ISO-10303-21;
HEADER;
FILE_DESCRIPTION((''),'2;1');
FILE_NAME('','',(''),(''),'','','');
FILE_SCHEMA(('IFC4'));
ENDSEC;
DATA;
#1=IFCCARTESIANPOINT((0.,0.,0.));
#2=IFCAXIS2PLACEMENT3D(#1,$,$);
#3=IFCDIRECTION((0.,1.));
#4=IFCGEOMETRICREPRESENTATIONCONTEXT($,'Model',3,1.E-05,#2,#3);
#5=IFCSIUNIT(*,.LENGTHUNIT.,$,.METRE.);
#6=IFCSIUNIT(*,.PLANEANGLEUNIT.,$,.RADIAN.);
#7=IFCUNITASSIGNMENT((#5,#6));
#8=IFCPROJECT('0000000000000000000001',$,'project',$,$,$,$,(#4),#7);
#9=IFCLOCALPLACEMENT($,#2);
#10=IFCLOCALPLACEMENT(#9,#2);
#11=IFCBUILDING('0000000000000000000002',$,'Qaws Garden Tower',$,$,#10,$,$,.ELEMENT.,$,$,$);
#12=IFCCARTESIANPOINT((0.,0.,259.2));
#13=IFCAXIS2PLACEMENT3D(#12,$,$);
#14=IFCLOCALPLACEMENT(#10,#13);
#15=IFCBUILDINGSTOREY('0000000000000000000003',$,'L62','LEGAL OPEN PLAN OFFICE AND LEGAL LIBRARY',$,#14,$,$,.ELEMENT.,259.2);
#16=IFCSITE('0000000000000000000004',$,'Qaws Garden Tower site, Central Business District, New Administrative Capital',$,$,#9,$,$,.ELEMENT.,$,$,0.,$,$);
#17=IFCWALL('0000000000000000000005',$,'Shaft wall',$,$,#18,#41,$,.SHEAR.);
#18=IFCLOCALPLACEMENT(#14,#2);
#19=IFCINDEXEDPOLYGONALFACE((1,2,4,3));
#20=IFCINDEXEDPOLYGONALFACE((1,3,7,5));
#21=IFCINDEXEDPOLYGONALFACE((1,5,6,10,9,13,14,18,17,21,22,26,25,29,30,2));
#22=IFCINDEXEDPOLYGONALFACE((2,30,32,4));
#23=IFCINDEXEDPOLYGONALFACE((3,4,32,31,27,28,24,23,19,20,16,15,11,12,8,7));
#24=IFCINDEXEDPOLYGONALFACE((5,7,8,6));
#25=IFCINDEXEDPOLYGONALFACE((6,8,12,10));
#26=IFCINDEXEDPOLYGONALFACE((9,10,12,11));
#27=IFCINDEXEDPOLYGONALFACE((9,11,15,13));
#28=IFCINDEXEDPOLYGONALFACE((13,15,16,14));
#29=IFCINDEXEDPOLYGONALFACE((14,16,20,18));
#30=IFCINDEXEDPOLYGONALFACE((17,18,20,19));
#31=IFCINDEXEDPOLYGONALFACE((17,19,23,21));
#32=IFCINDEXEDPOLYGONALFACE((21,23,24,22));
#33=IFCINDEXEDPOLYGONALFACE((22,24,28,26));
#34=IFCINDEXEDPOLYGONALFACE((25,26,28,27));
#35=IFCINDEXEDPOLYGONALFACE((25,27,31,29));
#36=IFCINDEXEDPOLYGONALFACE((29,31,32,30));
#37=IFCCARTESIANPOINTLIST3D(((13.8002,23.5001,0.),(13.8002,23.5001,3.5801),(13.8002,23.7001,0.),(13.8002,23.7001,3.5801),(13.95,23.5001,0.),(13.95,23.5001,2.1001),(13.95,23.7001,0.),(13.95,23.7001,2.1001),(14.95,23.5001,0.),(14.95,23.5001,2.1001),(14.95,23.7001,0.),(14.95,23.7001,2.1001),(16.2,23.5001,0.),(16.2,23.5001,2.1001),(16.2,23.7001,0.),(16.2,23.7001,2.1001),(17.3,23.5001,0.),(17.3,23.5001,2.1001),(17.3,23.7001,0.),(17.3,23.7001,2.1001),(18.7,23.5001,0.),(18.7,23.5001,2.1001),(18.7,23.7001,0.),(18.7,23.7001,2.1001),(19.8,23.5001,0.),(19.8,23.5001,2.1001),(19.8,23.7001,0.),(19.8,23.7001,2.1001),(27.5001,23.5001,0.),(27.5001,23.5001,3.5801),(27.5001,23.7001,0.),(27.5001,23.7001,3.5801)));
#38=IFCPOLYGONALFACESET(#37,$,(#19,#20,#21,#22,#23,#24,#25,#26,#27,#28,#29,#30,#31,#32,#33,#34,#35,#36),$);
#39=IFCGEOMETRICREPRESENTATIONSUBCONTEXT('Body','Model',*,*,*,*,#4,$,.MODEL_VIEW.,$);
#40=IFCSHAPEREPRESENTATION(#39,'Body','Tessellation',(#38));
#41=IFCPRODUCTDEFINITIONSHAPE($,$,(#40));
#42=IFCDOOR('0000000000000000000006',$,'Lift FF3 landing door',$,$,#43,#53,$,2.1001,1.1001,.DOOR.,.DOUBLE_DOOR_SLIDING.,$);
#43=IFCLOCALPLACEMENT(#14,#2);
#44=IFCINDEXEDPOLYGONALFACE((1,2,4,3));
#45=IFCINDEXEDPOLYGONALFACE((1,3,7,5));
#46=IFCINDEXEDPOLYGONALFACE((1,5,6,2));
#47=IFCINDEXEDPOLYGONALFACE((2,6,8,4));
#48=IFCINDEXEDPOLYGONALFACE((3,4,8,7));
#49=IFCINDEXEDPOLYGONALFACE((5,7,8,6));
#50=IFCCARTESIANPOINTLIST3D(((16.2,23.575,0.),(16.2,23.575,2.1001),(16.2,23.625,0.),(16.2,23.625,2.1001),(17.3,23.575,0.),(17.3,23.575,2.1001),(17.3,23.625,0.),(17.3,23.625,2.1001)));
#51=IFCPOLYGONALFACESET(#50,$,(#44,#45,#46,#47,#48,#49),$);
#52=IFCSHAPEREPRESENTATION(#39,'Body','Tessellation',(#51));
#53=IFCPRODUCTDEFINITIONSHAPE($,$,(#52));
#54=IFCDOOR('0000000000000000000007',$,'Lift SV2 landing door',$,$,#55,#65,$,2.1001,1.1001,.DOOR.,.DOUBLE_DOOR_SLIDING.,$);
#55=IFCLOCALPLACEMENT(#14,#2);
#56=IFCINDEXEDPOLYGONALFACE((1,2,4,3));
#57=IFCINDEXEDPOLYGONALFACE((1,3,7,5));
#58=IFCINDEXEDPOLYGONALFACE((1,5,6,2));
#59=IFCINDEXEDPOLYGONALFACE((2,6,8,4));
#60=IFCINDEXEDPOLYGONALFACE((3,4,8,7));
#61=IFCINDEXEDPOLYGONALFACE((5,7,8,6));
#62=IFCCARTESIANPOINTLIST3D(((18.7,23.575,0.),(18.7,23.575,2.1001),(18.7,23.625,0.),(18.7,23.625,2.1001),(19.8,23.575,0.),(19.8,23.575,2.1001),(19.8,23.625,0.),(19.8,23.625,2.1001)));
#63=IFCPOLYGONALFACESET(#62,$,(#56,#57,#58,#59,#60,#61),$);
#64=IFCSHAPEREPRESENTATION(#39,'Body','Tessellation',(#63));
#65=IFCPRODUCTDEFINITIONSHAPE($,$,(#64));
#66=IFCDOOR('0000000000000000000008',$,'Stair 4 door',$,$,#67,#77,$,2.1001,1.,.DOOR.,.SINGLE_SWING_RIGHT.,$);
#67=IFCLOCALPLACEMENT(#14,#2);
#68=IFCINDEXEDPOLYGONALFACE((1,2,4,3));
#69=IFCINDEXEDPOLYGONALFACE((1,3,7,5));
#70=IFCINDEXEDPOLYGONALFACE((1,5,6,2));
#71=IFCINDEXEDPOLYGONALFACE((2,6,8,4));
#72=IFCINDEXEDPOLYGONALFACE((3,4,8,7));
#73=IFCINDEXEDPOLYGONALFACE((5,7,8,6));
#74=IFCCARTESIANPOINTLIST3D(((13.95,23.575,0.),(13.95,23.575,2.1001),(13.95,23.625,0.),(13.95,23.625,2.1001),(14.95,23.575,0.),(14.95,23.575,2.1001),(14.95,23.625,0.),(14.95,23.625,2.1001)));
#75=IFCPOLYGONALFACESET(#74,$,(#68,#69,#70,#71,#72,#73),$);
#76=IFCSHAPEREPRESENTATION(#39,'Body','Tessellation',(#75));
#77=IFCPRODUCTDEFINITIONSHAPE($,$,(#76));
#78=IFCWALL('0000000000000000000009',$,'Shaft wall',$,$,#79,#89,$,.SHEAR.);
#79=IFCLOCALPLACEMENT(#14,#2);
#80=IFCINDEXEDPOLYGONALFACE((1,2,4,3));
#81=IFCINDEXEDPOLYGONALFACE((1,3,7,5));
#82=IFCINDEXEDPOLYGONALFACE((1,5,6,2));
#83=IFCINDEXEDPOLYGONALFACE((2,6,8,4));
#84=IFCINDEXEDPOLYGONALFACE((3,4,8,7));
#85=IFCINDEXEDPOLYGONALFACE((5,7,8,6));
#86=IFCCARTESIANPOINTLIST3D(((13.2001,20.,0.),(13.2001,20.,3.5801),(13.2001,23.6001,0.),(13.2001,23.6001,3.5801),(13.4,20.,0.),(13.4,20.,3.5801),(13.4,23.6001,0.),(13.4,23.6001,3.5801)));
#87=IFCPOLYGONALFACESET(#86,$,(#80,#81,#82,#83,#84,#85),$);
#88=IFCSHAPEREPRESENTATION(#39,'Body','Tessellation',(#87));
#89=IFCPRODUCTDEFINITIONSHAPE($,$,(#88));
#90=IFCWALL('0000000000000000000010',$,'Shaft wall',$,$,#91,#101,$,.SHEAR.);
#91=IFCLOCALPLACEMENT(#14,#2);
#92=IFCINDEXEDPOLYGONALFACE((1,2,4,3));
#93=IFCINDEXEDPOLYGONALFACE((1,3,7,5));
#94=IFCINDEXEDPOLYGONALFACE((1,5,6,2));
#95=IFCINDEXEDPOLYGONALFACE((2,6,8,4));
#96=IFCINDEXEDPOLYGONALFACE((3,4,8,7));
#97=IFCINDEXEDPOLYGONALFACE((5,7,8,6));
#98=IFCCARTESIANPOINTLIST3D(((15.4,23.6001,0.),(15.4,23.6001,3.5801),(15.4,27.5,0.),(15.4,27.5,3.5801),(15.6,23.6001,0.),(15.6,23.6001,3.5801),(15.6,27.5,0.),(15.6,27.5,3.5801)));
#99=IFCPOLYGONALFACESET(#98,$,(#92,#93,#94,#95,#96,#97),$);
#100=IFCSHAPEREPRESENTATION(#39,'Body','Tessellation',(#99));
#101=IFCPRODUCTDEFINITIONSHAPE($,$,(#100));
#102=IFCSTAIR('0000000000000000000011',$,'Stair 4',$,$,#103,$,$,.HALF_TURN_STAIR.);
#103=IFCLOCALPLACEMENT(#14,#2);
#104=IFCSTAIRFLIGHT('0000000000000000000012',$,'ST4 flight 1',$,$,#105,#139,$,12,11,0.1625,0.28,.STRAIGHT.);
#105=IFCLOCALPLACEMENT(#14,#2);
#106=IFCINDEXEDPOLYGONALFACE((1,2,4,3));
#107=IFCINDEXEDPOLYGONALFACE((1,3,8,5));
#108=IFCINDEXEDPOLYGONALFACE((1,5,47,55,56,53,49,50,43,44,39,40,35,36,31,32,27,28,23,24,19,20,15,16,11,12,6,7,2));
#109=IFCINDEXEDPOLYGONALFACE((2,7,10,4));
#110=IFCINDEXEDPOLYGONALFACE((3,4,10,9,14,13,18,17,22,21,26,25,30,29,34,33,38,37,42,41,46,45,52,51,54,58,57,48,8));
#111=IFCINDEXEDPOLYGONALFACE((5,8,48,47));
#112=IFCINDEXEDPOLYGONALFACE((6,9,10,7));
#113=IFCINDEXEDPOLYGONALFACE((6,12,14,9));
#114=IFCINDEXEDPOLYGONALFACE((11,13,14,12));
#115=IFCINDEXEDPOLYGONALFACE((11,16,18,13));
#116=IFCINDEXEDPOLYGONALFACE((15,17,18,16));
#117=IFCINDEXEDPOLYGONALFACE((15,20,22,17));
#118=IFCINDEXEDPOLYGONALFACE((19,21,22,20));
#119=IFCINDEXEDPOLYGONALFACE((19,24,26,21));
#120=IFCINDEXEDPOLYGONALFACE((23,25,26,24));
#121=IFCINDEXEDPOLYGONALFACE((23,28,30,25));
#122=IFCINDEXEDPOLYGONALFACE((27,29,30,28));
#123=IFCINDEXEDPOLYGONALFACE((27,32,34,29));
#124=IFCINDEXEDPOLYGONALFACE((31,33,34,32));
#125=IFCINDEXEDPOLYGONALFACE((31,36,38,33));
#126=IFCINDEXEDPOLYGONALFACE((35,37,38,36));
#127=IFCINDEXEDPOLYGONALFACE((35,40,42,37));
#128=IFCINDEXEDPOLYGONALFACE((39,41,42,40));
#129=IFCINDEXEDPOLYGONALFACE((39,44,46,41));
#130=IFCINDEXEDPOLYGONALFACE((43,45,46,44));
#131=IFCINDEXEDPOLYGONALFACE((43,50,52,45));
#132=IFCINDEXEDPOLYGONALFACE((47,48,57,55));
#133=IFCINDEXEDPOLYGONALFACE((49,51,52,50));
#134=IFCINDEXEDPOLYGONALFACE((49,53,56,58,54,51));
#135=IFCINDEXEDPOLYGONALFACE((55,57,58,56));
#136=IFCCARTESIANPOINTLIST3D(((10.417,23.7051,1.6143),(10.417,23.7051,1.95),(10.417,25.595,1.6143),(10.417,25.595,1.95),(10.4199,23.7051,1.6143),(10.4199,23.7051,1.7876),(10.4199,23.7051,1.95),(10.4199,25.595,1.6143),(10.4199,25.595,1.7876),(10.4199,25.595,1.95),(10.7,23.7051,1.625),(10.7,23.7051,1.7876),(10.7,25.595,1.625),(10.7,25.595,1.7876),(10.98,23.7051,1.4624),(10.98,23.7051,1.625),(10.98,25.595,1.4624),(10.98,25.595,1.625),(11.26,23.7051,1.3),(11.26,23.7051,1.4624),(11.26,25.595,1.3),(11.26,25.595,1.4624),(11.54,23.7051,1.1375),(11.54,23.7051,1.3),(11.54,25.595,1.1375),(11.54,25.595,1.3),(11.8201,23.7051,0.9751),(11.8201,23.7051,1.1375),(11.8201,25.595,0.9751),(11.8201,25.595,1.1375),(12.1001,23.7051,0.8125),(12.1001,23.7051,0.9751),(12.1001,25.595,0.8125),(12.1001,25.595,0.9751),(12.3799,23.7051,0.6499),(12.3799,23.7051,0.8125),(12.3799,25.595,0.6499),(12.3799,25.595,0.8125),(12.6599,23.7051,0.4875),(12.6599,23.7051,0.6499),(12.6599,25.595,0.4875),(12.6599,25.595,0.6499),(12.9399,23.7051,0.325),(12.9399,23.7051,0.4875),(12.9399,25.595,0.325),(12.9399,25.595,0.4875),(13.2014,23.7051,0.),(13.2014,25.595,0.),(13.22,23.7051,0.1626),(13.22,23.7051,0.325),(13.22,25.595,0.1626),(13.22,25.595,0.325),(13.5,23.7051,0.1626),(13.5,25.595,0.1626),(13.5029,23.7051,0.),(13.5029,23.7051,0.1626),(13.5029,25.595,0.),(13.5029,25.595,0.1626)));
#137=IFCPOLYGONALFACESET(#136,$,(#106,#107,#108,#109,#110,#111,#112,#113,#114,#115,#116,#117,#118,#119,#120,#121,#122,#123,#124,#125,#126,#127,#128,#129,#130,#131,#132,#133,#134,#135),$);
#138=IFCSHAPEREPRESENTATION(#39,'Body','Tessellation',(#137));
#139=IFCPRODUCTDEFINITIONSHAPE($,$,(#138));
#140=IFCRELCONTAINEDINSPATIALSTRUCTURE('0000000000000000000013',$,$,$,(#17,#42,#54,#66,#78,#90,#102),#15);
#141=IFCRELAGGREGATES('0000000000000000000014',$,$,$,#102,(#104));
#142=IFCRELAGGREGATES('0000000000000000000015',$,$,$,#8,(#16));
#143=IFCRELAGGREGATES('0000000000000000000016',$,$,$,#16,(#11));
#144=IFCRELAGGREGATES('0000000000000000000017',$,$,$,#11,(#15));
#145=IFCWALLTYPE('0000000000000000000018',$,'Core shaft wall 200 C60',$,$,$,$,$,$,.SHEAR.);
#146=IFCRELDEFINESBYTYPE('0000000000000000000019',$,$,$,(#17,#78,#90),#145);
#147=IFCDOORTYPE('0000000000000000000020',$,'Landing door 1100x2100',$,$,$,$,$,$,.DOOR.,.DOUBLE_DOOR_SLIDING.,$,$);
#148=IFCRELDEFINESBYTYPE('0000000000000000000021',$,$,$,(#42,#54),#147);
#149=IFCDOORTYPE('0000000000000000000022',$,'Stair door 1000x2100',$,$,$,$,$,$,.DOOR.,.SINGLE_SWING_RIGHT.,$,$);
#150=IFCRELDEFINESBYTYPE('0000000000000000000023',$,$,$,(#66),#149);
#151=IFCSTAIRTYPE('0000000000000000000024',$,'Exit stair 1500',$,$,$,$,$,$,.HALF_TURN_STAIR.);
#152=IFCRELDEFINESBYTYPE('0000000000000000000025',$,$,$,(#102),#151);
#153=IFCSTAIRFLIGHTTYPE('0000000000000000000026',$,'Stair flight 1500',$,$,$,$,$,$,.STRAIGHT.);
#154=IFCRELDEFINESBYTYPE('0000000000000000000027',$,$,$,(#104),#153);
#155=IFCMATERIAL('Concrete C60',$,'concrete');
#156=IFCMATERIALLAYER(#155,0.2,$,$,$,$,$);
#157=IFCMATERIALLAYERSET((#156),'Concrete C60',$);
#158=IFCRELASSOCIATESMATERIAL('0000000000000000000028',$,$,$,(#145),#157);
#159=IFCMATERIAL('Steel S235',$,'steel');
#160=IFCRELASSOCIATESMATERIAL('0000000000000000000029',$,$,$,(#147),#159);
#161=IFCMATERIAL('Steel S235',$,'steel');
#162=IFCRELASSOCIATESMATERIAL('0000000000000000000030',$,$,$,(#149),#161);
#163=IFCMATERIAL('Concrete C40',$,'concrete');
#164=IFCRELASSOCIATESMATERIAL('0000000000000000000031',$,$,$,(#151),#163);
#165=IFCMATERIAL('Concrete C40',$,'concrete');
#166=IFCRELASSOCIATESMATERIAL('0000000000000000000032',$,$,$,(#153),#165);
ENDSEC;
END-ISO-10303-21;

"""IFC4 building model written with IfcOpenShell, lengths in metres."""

from ifc_helpers import new_model, si_unit, direction, frame, frame_2d, origin, place, context, subcontext, project, spatial, polyline, rectangle, outline, extrude, material, layer, layer_set, type_object, element, fill, aggregate, save


model = new_model("IFC4")

# Units and contexts
model_context = context("Model", 3, precision=1e-05, world=origin(), true_north=direction((0.0, 1.0)))
body_context = subcontext(model_context, "Body", "Model", "MODEL_VIEW")
ifc_project = project(units=[si_unit("LENGTHUNIT", "METRE"), si_unit("PLANEANGLEUNIT", "RADIAN")], contexts=[model_context])

# Site, building, storey
site_placement = place(None, origin())
site = spatial("IfcSite", under=ifc_project, at=site_placement, Name="Qaws Garden Tower site, Central Business District, New Administrative Capital", CompositionType="ELEMENT", RefElevation=0.0)
building_placement = place(site_placement, origin())
building = spatial("IfcBuilding", under=site, at=building_placement, Name="Qaws Garden Tower", CompositionType="ELEMENT")
storey_placement = place(building_placement, frame((0.0, 0.0, 259.2)))
storey = spatial("IfcBuildingStorey", under=building, at=storey_placement, Name="L62", Description="LEGAL OPEN PLAN OFFICE AND LEGAL LIBRARY", CompositionType="ELEMENT", Elevation=259.2)

# Shared definitions
ifc_material_1 = material(Name="Concrete C60", Category="concrete")
ifc_layer_1 = layer(ifc_material_1, 0.2)
ifc_layer_set_1 = layer_set([ifc_layer_1], Name="Concrete C60")
wall_type_1 = type_object("IfcWallType", Name="Core shaft wall 200 C60", PredefinedType="SHEAR", material=ifc_layer_set_1)

# Wall, openings, doors
wall_1_placement = place(storey_placement, frame((13.8, 23.6001, 0.0), z_axis=(0.0, 0.0, 1.0), x_axis=(1.0, 0.0, 0.0)))
wall_1 = element("IfcWall", 1, at=wall_1_placement, inside=storey, type_object=wall_type_1, Name="Shaft wall", PredefinedType="SHEAR", context=body_context, shape_type="SweptSolid", body=[
    extrude(rectangle(XDim=13.7, YDim=0.2, at=frame_2d((6.8501, 0.0))), origin(), (0.0, 0.0, 1.0), 3.5801),
])
opening_1_placement = place(wall_1_placement, frame((2.3999, 0.0, 0.0)))
opening_1 = element("IfcOpeningElement", 2, at=opening_1_placement, cuts=wall_1, PredefinedType="OPENING", context=body_context, shape_type="SweptSolid", body=[
    extrude(rectangle(XDim=1.1001, YDim=2.1001, at=frame_2d((0.55, 1.05))), frame((0.0, 0.1099, 0.0), z_axis=(0.0, -1.0, 0.0), x_axis=(1.0, 0.0, 0.0)), (0.0, 0.0, 1.0), 0.22),
])
opening_2_placement = place(wall_1_placement, frame((4.8999, 0.0, 0.0)))
opening_2 = element("IfcOpeningElement", 3, at=opening_2_placement, cuts=wall_1, PredefinedType="OPENING", context=body_context, shape_type="SweptSolid", body=[
    extrude(rectangle(XDim=1.1001, YDim=2.1001, at=frame_2d((0.55, 1.05))), frame((0.0, 0.1099, 0.0), z_axis=(0.0, -1.0, 0.0), x_axis=(1.0, 0.0, 0.0)), (0.0, 0.0, 1.0), 0.22),
])
opening_3_placement = place(wall_1_placement, frame((0.1499, 0.0, 0.0)))
opening_3 = element("IfcOpeningElement", 4, at=opening_3_placement, cuts=wall_1, PredefinedType="OPENING", context=body_context, shape_type="SweptSolid", body=[
    extrude(rectangle(XDim=1.0, YDim=2.1001, at=frame_2d((0.5, 1.05))), frame((0.0, 0.1099, 0.0), z_axis=(0.0, -1.0, 0.0), x_axis=(1.0, 0.0, 0.0)), (0.0, 0.0, 1.0), 0.22),
])
ifc_material_2 = material(Name="Steel S235", Category="steel")
door_type_1 = type_object("IfcDoorType", Name="Landing door 1100x2100", OperationType="DOUBLE_DOOR_SLIDING", PredefinedType="DOOR", material=ifc_material_2)
door_1_placement = place(opening_1_placement, origin())
door_1 = element("IfcDoor", 5, at=door_1_placement, inside=storey, type_object=door_type_1, Name="Lift FF3 landing door", OperationType="DOUBLE_DOOR_SLIDING", OverallHeight=2.1001, OverallWidth=1.1001, PredefinedType="DOOR", context=body_context, shape_type="SweptSolid", body=[
    extrude(rectangle(XDim=1.1001, YDim=2.1001, at=frame_2d((0.55, 1.05))), frame((0.0, 0.0249, 0.0), z_axis=(0.0, -1.0, 0.0), x_axis=(1.0, 0.0, 0.0)), (0.0, 0.0, 1.0), 0.05),
])
fill(opening_1, door_1)
door_2_placement = place(opening_2_placement, origin())
door_2 = element("IfcDoor", 6, at=door_2_placement, inside=storey, type_object=door_type_1, Name="Lift SV2 landing door", OperationType="DOUBLE_DOOR_SLIDING", OverallHeight=2.1001, OverallWidth=1.1001, PredefinedType="DOOR", context=body_context, shape_type="SweptSolid", body=[
    extrude(rectangle(XDim=1.1001, YDim=2.1001, at=frame_2d((0.55, 1.05))), frame((0.0, 0.0249, 0.0), z_axis=(0.0, -1.0, 0.0), x_axis=(1.0, 0.0, 0.0)), (0.0, 0.0, 1.0), 0.05),
])
fill(opening_2, door_2)
ifc_material_3 = material(Name="Steel S235", Category="steel")
door_type_2 = type_object("IfcDoorType", Name="Stair door 1000x2100", OperationType="SINGLE_SWING_RIGHT", PredefinedType="DOOR", material=ifc_material_3)
door_3_placement = place(opening_3_placement, origin())
door_3 = element("IfcDoor", 7, at=door_3_placement, inside=storey, type_object=door_type_2, Name="Stair 4 door", OperationType="SINGLE_SWING_RIGHT", OverallHeight=2.1001, OverallWidth=1.0, PredefinedType="DOOR", context=body_context, shape_type="SweptSolid", body=[
    extrude(rectangle(XDim=1.0, YDim=2.1001, at=frame_2d((0.5, 1.05))), frame((0.0, 0.0249, 0.0), z_axis=(0.0, -1.0, 0.0), x_axis=(1.0, 0.0, 0.0)), (0.0, 0.0, 1.0), 0.05),
])
fill(opening_3, door_3)

# Walls
wall_2_placement = place(storey_placement, frame((13.3, 20.0, 0.0), z_axis=(0.0, 0.0, 1.0), x_axis=(0.0, 1.0, 0.0)))
element("IfcWall", 8, at=wall_2_placement, inside=storey, type_object=wall_type_1, Name="Shaft wall", PredefinedType="SHEAR", context=body_context, shape_type="SweptSolid", body=[
    extrude(rectangle(XDim=3.6001, YDim=0.2, at=frame_2d((1.8, 0.0))), origin(), (0.0, 0.0, 1.0), 3.5801),
])
wall_3_placement = place(storey_placement, frame((15.5, 23.6001, 0.0), z_axis=(0.0, 0.0, 1.0), x_axis=(0.0, 1.0, 0.0)))
element("IfcWall", 9, at=wall_3_placement, inside=storey, type_object=wall_type_1, Name="Shaft wall", PredefinedType="SHEAR", context=body_context, shape_type="SweptSolid", body=[
    extrude(rectangle(XDim=3.8999, YDim=0.2, at=frame_2d((1.95, 0.0))), origin(), (0.0, 0.0, 1.0), 3.5801),
])

# Stair, stair flight
ifc_material_4 = material(Name="Concrete C40", Category="concrete")
stair_type = type_object("IfcStairType", Name="Exit stair 1500", PredefinedType="HALF_TURN_STAIR", material=ifc_material_4)
stair_placement = place(storey_placement, origin())
stair = element("IfcStair", 10, at=stair_placement, inside=storey, type_object=stair_type, Name="Stair 4", PredefinedType="HALF_TURN_STAIR")
ifc_material_5 = material(Name="Concrete C40", Category="concrete")
stair_flight_type = type_object("IfcStairFlightType", Name="Stair flight 1500", PredefinedType="STRAIGHT", material=ifc_material_5)
stair_flight_1_placement = place(storey_placement, frame((13.5, 24.6499, 0.0), z_axis=(0.0, 0.0, 1.0), x_axis=(-1.0, 0.0, 0.0)))
stair_flight_1 = element("IfcStairFlight", 11, at=stair_flight_1_placement, type_object=stair_flight_type, Name="ST4 flight 1", NumberOfRisers=12, NumberOfTreads=11, PredefinedType="STRAIGHT", RiserHeight=0.1625, TreadLength=0.28, context=body_context, shape_type="SweptSolid", body=[
    extrude(outline(polyline([(-0.0029, 0.0), (-0.0029, 0.1626), (0.0, 0.1626), (0.28, 0.1626), (0.28, 0.325), (0.5601, 0.325), (0.5601, 0.4875), (0.8401, 0.4875), (0.8401, 0.6499), (1.1201, 0.6499), (1.1201, 0.8125), (1.3999, 0.8125), (1.3999, 0.9751), (1.6799, 0.9751), (1.6799, 1.1375), (1.96, 1.1375), (1.96, 1.3), (2.24, 1.3), (2.24, 1.4624), (2.52, 1.4624), (2.52, 1.625), (2.8, 1.625), (2.8, 1.7876), (3.0801, 1.7876), (3.0801, 1.95), (3.083, 1.95), (3.083, 1.6143), (3.0801, 1.6143), (0.2986, 0.0), (-0.0029, 0.0)])), frame((0.0, 0.9448, 0.0), z_axis=(0.0, -1.0, 0.0), x_axis=(1.0, 0.0, 0.0)), (0.0, 0.0, 1.0), 1.8899),
])
aggregate(stair, [stair_flight_1])

save(model, "model.ifc")
